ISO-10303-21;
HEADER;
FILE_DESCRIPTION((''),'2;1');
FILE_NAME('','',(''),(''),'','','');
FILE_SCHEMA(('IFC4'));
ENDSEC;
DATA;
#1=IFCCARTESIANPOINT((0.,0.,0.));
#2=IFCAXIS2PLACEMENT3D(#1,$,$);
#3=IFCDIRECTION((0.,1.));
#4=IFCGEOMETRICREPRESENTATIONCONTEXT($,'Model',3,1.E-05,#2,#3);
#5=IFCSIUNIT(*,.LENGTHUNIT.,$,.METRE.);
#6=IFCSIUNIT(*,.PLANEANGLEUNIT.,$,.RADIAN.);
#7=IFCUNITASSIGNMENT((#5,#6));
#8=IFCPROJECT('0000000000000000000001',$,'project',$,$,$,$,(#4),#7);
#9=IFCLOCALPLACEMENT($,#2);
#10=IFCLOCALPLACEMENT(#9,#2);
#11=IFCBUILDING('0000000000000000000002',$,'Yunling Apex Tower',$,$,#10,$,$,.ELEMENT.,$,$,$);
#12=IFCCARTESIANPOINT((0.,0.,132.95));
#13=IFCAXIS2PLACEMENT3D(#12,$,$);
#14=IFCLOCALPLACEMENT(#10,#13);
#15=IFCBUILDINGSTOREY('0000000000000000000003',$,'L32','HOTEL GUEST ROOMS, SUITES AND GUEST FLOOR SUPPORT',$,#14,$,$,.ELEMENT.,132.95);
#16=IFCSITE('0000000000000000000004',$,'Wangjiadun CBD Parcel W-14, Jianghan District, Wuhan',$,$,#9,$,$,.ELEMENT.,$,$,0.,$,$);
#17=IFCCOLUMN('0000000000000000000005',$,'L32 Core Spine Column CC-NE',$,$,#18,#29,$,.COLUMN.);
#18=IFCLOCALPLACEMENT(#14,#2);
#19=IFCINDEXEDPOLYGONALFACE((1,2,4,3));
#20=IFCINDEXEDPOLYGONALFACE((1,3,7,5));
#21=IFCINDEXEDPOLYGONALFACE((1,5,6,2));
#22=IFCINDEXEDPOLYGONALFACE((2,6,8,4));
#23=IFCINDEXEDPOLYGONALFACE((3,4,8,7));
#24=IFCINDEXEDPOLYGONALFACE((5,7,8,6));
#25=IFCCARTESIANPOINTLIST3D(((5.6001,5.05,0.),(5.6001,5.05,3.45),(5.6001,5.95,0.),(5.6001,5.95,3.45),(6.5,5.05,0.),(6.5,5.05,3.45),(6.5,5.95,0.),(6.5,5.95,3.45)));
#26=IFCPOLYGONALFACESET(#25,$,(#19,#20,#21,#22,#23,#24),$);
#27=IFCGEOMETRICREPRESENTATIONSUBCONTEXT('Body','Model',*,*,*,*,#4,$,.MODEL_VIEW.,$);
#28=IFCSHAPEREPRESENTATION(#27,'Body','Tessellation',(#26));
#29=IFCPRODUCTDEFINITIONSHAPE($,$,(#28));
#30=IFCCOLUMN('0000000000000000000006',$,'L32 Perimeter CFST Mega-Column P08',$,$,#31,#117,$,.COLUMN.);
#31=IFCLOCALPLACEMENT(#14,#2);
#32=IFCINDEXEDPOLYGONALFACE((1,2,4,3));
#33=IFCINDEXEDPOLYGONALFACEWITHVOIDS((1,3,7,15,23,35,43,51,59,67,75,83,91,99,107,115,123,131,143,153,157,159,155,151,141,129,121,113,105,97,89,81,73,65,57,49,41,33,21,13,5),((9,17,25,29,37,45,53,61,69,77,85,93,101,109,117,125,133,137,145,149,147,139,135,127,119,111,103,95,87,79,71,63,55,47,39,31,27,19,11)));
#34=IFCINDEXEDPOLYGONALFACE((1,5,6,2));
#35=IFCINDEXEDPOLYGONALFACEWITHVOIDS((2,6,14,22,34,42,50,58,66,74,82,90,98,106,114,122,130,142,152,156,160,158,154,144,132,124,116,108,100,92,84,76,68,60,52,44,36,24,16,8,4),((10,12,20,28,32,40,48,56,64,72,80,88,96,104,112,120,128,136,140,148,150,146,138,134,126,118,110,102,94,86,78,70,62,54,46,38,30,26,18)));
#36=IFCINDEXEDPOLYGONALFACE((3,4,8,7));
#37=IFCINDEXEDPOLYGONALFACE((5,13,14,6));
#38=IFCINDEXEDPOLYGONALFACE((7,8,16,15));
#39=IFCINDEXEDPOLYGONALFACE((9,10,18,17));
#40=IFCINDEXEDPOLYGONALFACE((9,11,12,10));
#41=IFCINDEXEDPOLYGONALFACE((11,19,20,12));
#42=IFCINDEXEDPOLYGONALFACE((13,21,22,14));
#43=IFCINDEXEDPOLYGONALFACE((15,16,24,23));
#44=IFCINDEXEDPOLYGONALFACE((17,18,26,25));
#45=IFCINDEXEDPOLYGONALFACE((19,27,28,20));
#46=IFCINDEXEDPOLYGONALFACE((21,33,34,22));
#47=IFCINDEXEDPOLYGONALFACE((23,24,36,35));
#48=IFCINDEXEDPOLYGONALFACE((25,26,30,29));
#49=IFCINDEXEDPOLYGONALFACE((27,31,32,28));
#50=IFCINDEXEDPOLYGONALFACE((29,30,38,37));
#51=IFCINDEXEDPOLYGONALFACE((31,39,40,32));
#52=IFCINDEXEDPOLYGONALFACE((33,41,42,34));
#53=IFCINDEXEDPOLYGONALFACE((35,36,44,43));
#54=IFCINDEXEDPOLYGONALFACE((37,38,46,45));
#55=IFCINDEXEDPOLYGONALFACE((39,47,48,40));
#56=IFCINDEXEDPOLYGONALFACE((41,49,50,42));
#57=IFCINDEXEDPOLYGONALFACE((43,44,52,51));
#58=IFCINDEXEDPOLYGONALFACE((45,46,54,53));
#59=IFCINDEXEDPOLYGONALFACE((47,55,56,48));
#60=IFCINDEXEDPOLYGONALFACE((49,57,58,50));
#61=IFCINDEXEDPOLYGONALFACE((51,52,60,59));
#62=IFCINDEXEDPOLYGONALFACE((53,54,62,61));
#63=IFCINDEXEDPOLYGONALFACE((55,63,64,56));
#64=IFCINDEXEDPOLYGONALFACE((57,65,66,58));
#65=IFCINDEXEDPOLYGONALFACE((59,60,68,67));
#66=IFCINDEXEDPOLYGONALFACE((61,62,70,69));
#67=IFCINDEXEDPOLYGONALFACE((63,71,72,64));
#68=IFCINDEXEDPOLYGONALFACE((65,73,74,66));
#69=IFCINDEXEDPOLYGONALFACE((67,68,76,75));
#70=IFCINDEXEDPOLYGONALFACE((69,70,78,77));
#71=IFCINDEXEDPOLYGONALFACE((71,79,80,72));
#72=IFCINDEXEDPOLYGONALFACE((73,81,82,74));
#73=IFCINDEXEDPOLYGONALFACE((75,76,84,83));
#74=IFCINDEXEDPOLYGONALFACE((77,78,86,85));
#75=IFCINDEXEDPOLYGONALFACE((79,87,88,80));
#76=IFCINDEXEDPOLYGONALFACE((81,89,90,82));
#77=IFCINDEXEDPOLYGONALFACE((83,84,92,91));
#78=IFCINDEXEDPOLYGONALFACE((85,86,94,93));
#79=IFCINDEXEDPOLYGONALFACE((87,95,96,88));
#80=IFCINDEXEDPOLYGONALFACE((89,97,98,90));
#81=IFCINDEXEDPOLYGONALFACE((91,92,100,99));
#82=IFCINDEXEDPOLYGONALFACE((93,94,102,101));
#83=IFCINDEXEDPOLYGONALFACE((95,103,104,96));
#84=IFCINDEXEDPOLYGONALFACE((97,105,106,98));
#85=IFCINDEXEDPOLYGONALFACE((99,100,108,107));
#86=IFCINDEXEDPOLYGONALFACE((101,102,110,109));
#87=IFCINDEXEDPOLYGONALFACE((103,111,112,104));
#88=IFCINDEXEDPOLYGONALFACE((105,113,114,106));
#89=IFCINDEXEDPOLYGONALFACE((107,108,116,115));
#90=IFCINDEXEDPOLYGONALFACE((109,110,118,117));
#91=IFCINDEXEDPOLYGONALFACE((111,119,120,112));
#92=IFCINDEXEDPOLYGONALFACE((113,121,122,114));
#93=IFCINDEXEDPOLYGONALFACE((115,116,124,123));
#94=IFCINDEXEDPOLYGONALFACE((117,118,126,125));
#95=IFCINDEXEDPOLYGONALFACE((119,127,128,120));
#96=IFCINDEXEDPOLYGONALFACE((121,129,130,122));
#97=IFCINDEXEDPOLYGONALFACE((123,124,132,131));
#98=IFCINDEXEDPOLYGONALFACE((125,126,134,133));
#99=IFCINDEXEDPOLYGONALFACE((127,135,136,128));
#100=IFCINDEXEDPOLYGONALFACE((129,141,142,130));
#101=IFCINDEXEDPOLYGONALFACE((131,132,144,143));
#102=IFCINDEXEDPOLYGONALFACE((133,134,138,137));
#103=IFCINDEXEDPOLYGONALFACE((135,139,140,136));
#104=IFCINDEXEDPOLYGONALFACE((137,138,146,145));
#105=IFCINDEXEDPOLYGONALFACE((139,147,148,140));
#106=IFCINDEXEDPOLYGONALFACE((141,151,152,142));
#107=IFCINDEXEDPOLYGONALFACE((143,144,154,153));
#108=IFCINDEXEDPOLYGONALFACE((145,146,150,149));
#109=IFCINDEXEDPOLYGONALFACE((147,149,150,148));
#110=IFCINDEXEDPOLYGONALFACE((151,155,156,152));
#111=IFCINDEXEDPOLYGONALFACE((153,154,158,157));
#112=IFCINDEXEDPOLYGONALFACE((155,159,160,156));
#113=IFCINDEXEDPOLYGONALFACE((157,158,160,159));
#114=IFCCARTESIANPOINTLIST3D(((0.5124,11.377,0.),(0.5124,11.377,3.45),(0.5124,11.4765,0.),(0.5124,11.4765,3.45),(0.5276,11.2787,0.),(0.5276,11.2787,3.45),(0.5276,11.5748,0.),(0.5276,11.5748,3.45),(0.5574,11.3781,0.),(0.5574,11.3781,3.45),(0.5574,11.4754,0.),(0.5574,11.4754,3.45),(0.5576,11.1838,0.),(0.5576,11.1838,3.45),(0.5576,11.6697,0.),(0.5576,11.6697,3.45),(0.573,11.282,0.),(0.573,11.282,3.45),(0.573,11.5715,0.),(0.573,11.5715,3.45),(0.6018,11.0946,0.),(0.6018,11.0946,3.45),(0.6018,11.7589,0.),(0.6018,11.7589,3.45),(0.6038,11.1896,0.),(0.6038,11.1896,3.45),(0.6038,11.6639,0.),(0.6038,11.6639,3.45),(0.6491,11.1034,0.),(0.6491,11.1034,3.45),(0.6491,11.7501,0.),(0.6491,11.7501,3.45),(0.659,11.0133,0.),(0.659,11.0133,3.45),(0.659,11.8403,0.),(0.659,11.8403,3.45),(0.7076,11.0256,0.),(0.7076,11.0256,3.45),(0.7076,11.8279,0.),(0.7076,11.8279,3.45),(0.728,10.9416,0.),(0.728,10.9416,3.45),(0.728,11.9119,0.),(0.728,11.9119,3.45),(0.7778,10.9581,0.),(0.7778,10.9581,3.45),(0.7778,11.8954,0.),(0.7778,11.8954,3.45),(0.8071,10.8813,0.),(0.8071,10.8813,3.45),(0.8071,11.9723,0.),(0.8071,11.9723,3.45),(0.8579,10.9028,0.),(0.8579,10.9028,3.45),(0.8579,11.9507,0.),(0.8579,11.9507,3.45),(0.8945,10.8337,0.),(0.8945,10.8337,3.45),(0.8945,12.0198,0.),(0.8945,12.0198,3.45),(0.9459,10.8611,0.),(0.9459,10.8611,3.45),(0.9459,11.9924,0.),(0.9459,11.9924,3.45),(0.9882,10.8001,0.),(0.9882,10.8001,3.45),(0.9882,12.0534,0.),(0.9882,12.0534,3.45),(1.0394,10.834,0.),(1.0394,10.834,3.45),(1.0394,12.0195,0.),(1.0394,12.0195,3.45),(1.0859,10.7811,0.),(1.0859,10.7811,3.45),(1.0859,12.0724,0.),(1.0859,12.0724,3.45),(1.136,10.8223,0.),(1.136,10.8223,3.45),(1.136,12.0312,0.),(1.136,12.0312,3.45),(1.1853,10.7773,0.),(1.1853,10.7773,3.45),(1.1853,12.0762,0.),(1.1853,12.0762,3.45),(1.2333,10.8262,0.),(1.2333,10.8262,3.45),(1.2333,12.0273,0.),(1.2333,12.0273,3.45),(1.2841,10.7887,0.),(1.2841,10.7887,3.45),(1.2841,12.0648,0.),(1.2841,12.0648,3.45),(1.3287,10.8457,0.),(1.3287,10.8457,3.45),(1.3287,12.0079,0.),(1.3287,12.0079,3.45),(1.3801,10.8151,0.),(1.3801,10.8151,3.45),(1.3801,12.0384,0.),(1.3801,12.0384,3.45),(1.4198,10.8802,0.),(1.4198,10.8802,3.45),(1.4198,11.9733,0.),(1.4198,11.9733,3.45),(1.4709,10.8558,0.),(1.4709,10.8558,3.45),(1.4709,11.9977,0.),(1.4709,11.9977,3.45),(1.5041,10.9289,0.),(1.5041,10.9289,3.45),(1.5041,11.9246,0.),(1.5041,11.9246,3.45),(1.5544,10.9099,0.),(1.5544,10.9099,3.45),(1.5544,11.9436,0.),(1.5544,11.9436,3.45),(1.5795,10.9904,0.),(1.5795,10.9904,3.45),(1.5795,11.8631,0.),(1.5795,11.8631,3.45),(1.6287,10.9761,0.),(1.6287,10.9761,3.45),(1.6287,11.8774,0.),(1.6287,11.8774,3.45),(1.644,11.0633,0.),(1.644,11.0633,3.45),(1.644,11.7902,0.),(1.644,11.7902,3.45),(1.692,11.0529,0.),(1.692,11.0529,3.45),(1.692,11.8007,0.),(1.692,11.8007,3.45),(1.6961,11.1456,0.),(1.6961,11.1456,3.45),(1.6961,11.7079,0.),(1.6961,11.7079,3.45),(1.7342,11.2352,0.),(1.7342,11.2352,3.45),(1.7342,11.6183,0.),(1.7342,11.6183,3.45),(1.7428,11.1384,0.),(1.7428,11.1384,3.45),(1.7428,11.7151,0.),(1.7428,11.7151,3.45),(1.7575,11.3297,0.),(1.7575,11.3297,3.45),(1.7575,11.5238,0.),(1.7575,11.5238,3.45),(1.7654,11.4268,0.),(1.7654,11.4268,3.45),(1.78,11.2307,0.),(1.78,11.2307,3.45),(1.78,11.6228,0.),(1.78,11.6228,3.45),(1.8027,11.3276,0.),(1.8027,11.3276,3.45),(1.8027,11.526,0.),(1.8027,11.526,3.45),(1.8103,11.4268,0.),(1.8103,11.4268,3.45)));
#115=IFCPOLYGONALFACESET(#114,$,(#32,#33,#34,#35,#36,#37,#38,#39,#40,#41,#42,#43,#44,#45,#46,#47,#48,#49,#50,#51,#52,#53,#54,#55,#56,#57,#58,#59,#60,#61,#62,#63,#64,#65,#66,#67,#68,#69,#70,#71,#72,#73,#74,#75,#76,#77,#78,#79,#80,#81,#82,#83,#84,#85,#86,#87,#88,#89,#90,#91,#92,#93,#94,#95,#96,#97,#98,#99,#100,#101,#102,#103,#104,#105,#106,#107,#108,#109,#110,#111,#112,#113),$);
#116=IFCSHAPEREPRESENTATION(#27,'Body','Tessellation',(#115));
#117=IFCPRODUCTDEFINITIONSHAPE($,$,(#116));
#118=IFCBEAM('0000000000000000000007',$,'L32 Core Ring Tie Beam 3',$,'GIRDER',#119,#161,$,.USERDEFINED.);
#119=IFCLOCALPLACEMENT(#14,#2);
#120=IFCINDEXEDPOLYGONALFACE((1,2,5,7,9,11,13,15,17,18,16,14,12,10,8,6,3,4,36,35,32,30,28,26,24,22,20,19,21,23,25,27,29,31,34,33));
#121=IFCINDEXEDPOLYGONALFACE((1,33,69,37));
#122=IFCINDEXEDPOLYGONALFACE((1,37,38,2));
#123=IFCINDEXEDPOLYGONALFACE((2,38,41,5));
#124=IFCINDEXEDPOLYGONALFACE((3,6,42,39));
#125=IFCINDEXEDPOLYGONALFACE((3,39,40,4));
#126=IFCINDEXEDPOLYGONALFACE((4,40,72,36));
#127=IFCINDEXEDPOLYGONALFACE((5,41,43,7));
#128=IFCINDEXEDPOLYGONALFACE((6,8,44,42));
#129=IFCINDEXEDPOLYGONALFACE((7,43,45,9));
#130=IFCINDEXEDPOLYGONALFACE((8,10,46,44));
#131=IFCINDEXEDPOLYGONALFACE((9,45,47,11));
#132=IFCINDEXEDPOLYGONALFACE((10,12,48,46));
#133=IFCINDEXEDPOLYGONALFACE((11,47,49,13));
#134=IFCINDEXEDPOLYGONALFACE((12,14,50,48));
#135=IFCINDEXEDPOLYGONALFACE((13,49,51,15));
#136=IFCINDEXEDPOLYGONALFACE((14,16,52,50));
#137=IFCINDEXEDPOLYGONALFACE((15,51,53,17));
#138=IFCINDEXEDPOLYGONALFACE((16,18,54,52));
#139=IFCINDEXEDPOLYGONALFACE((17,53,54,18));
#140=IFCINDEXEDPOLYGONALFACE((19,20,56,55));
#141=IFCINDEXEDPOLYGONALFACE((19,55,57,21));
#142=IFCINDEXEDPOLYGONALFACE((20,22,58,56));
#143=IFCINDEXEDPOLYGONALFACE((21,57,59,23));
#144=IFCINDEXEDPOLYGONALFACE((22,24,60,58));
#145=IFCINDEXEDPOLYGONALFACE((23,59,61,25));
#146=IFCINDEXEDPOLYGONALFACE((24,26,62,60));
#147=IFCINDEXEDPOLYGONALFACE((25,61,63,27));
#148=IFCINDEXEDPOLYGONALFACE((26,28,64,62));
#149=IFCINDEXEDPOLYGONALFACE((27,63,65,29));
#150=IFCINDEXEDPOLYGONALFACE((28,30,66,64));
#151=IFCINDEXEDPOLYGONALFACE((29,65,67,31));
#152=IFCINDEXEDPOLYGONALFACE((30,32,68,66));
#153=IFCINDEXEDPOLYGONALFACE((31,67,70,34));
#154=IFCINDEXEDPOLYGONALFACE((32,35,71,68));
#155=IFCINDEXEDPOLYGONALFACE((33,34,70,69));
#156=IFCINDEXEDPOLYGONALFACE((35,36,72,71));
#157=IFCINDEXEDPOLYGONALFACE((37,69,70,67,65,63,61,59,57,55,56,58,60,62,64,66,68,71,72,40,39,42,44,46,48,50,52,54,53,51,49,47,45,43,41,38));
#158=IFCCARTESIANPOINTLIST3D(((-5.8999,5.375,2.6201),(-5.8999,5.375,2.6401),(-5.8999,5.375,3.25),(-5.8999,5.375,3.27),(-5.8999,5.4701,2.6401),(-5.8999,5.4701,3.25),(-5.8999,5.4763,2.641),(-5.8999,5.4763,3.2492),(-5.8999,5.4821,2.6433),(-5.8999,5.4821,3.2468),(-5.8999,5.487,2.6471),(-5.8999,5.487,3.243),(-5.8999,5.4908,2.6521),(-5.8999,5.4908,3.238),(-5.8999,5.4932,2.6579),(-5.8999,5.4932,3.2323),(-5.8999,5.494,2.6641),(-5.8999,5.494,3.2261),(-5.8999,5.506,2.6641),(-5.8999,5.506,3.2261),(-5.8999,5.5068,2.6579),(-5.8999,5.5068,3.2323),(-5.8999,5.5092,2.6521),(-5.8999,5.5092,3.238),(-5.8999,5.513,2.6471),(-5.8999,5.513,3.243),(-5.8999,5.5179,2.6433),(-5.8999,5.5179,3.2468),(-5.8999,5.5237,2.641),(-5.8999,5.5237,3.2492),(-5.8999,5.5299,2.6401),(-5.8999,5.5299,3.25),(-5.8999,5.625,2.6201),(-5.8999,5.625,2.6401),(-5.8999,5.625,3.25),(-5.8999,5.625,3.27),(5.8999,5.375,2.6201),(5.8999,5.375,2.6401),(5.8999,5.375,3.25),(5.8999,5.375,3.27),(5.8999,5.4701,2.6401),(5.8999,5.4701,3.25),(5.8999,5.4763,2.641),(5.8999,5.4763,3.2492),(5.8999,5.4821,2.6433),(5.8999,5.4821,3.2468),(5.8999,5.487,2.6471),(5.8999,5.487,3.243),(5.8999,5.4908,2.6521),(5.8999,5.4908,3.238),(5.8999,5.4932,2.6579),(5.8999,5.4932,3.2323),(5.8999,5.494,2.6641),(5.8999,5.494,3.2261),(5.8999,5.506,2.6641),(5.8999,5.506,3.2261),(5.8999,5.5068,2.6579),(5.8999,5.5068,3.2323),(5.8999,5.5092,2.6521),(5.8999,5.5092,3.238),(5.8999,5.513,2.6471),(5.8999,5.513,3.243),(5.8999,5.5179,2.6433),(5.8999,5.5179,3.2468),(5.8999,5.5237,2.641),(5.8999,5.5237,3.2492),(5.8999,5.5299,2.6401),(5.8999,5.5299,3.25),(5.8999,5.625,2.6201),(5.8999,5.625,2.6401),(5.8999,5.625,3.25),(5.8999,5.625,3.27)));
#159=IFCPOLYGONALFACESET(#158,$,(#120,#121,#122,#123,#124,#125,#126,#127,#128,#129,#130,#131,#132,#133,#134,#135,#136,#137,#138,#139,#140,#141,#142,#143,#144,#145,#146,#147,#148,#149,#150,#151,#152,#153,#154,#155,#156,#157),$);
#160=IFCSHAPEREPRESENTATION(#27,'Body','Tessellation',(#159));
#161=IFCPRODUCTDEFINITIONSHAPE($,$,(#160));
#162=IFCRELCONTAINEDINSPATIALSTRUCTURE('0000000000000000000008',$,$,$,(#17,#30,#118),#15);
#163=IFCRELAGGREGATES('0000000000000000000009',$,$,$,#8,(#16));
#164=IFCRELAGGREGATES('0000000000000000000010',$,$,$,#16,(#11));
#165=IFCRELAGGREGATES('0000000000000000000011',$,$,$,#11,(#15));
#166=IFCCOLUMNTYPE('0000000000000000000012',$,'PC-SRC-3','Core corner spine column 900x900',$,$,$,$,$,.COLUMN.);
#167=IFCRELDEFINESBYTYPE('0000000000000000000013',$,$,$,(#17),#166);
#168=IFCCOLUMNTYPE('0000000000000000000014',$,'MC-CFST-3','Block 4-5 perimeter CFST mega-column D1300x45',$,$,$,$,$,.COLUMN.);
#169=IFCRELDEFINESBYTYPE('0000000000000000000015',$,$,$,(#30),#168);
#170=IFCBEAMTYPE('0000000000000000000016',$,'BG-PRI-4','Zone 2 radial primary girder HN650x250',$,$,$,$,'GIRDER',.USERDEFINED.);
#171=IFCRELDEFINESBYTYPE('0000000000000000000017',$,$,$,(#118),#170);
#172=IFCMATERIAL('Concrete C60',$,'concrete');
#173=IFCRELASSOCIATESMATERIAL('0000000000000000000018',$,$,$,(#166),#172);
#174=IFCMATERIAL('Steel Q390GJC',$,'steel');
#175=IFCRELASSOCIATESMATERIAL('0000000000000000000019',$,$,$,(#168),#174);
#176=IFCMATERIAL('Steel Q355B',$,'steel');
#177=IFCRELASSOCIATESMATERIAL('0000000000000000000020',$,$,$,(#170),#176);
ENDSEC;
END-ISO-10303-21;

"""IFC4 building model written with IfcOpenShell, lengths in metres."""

from ifc_helpers import new_model, si_unit, direction, frame, origin, origin_2d, place, context, subcontext, project, spatial, rectangle, hollow_circle, i_section, extrude, source, transform, mapped, material, material_profile, profile_set, type_object, element, save


model = new_model("IFC4")

# Units and contexts
model_context = context("Model", 3, precision=1e-05, world=origin(), true_north=direction((0.0, 1.0)))
body_context = subcontext(model_context, "Body", "Model", "MODEL_VIEW")
ifc_project = project(units=[si_unit("LENGTHUNIT", "METRE"), si_unit("PLANEANGLEUNIT", "RADIAN")], contexts=[model_context])

# Site, building, storey
site_placement = place(None, origin())
site = spatial("IfcSite", under=ifc_project, at=site_placement, Name="Wangjiadun CBD Parcel W-14, Jianghan District, Wuhan", CompositionType="ELEMENT", RefElevation=0.0)
building_placement = place(site_placement, origin())
building = spatial("IfcBuilding", under=site, at=building_placement, Name="Yunling Apex Tower", CompositionType="ELEMENT")
storey_placement = place(building_placement, frame((0.0, 0.0, 132.95)))
storey = spatial("IfcBuildingStorey", under=building, at=storey_placement, Name="L32", Description="HOTEL GUEST ROOMS, SUITES AND GUEST FLOOR SUPPORT", CompositionType="ELEMENT", Elevation=132.95)

# Columns
ifc_material_1 = material(Name="Concrete C60", Category="concrete")
ifc_material_profile_1 = material_profile(ifc_material_1, rectangle(XDim=0.8999, YDim=0.8999, at=origin_2d()))
ifc_profile_set_1 = profile_set([ifc_material_profile_1], Name="Concrete C60")
column_type_1 = type_object("IfcColumnType", Name="PC-SRC-3", Description="Core corner spine column 900x900", PredefinedType="COLUMN", material=ifc_profile_set_1)
shared_shape_1 = source(origin(), body_context, "Body", "SweptSolid", [
    extrude(rectangle(XDim=0.8999, YDim=0.8999, at=origin_2d()), origin(), (0.0, 0.0, 1.0), 3.45),
])
column_1_placement = place(storey_placement, frame((6.05, 5.5, 0.0), z_axis=(0.0, 0.0, 1.0), x_axis=(1.0, 0.0, 0.0)))
element("IfcColumn", 1, at=column_1_placement, inside=storey, type_object=column_type_1, Name="L32 Core Spine Column CC-NE", PredefinedType="COLUMN", context=body_context, shape_type="MappedRepresentation", body=[
    mapped(shared_shape_1, transform((0.0, 0.0, 0.0), scale=1.0)),
])
ifc_material_2 = material(Name="Steel Q390GJC", Category="steel")
ifc_material_profile_2 = material_profile(ifc_material_2, hollow_circle(Radius=0.6499, WallThickness=0.0449, at=origin_2d()))
ifc_profile_set_2 = profile_set([ifc_material_profile_2], Name="Steel Q390GJC")
column_type_2 = type_object("IfcColumnType", Name="MC-CFST-3", Description="Block 4-5 perimeter CFST mega-column D1300x45", PredefinedType="COLUMN", material=ifc_profile_set_2)
shared_shape_2 = source(origin(), body_context, "Body", "SweptSolid", [
    extrude(hollow_circle(Radius=0.6499, WallThickness=0.0449, at=origin_2d()), origin(), (0.0, 0.0, 1.0), 3.45),
])
column_2_placement = place(storey_placement, frame((1.1604, 11.4268, 0.0), z_axis=(0.0, 0.0, 1.0), x_axis=(1.0, 0.0, 0.0)))
element("IfcColumn", 2, at=column_2_placement, inside=storey, type_object=column_type_2, Name="L32 Perimeter CFST Mega-Column P08", PredefinedType="COLUMN", context=body_context, shape_type="MappedRepresentation", body=[
    mapped(shared_shape_2, transform((0.0, 0.0, 0.0), scale=1.0)),
])

# Beam
ifc_material_3 = material(Name="Steel Q355B", Category="steel")
ifc_material_profile_3 = material_profile(ifc_material_3, i_section(OverallWidth=0.25, OverallDepth=0.6499, WebThickness=0.012, FlangeThickness=0.02, FilletRadius=0.0239, at=origin_2d()))
ifc_profile_set_3 = profile_set([ifc_material_profile_3], Name="Steel Q355B")
beam_type_1 = type_object("IfcBeamType", Name="BG-PRI-4", Description="Zone 2 radial primary girder HN650x250", ElementType="GIRDER", PredefinedType="USERDEFINED", material=ifc_profile_set_3)
shared_shape_3 = source(origin(), body_context, "Body", "SweptSolid", [
    extrude(i_section(OverallWidth=0.25, OverallDepth=0.6499, WebThickness=0.012, FlangeThickness=0.02, FilletRadius=0.0239, at=origin_2d()), origin(), (0.0, 0.0, 1.0), 11.7998),
])
beam_1_placement = place(storey_placement, frame((5.8999, 5.5, 2.9451), z_axis=(-1.0, 0.0, 0.0), x_axis=(0.0, -1.0, 0.0)))
element("IfcBeam", 3, at=beam_1_placement, inside=storey, type_object=beam_type_1, Name="L32 Core Ring Tie Beam 3", ObjectType="GIRDER", PredefinedType="USERDEFINED", context=body_context, shape_type="MappedRepresentation", body=[
    mapped(shared_shape_3, transform((0.0, 0.0, 0.0), scale=1.0)),
])

save(model, "model.ifc")
